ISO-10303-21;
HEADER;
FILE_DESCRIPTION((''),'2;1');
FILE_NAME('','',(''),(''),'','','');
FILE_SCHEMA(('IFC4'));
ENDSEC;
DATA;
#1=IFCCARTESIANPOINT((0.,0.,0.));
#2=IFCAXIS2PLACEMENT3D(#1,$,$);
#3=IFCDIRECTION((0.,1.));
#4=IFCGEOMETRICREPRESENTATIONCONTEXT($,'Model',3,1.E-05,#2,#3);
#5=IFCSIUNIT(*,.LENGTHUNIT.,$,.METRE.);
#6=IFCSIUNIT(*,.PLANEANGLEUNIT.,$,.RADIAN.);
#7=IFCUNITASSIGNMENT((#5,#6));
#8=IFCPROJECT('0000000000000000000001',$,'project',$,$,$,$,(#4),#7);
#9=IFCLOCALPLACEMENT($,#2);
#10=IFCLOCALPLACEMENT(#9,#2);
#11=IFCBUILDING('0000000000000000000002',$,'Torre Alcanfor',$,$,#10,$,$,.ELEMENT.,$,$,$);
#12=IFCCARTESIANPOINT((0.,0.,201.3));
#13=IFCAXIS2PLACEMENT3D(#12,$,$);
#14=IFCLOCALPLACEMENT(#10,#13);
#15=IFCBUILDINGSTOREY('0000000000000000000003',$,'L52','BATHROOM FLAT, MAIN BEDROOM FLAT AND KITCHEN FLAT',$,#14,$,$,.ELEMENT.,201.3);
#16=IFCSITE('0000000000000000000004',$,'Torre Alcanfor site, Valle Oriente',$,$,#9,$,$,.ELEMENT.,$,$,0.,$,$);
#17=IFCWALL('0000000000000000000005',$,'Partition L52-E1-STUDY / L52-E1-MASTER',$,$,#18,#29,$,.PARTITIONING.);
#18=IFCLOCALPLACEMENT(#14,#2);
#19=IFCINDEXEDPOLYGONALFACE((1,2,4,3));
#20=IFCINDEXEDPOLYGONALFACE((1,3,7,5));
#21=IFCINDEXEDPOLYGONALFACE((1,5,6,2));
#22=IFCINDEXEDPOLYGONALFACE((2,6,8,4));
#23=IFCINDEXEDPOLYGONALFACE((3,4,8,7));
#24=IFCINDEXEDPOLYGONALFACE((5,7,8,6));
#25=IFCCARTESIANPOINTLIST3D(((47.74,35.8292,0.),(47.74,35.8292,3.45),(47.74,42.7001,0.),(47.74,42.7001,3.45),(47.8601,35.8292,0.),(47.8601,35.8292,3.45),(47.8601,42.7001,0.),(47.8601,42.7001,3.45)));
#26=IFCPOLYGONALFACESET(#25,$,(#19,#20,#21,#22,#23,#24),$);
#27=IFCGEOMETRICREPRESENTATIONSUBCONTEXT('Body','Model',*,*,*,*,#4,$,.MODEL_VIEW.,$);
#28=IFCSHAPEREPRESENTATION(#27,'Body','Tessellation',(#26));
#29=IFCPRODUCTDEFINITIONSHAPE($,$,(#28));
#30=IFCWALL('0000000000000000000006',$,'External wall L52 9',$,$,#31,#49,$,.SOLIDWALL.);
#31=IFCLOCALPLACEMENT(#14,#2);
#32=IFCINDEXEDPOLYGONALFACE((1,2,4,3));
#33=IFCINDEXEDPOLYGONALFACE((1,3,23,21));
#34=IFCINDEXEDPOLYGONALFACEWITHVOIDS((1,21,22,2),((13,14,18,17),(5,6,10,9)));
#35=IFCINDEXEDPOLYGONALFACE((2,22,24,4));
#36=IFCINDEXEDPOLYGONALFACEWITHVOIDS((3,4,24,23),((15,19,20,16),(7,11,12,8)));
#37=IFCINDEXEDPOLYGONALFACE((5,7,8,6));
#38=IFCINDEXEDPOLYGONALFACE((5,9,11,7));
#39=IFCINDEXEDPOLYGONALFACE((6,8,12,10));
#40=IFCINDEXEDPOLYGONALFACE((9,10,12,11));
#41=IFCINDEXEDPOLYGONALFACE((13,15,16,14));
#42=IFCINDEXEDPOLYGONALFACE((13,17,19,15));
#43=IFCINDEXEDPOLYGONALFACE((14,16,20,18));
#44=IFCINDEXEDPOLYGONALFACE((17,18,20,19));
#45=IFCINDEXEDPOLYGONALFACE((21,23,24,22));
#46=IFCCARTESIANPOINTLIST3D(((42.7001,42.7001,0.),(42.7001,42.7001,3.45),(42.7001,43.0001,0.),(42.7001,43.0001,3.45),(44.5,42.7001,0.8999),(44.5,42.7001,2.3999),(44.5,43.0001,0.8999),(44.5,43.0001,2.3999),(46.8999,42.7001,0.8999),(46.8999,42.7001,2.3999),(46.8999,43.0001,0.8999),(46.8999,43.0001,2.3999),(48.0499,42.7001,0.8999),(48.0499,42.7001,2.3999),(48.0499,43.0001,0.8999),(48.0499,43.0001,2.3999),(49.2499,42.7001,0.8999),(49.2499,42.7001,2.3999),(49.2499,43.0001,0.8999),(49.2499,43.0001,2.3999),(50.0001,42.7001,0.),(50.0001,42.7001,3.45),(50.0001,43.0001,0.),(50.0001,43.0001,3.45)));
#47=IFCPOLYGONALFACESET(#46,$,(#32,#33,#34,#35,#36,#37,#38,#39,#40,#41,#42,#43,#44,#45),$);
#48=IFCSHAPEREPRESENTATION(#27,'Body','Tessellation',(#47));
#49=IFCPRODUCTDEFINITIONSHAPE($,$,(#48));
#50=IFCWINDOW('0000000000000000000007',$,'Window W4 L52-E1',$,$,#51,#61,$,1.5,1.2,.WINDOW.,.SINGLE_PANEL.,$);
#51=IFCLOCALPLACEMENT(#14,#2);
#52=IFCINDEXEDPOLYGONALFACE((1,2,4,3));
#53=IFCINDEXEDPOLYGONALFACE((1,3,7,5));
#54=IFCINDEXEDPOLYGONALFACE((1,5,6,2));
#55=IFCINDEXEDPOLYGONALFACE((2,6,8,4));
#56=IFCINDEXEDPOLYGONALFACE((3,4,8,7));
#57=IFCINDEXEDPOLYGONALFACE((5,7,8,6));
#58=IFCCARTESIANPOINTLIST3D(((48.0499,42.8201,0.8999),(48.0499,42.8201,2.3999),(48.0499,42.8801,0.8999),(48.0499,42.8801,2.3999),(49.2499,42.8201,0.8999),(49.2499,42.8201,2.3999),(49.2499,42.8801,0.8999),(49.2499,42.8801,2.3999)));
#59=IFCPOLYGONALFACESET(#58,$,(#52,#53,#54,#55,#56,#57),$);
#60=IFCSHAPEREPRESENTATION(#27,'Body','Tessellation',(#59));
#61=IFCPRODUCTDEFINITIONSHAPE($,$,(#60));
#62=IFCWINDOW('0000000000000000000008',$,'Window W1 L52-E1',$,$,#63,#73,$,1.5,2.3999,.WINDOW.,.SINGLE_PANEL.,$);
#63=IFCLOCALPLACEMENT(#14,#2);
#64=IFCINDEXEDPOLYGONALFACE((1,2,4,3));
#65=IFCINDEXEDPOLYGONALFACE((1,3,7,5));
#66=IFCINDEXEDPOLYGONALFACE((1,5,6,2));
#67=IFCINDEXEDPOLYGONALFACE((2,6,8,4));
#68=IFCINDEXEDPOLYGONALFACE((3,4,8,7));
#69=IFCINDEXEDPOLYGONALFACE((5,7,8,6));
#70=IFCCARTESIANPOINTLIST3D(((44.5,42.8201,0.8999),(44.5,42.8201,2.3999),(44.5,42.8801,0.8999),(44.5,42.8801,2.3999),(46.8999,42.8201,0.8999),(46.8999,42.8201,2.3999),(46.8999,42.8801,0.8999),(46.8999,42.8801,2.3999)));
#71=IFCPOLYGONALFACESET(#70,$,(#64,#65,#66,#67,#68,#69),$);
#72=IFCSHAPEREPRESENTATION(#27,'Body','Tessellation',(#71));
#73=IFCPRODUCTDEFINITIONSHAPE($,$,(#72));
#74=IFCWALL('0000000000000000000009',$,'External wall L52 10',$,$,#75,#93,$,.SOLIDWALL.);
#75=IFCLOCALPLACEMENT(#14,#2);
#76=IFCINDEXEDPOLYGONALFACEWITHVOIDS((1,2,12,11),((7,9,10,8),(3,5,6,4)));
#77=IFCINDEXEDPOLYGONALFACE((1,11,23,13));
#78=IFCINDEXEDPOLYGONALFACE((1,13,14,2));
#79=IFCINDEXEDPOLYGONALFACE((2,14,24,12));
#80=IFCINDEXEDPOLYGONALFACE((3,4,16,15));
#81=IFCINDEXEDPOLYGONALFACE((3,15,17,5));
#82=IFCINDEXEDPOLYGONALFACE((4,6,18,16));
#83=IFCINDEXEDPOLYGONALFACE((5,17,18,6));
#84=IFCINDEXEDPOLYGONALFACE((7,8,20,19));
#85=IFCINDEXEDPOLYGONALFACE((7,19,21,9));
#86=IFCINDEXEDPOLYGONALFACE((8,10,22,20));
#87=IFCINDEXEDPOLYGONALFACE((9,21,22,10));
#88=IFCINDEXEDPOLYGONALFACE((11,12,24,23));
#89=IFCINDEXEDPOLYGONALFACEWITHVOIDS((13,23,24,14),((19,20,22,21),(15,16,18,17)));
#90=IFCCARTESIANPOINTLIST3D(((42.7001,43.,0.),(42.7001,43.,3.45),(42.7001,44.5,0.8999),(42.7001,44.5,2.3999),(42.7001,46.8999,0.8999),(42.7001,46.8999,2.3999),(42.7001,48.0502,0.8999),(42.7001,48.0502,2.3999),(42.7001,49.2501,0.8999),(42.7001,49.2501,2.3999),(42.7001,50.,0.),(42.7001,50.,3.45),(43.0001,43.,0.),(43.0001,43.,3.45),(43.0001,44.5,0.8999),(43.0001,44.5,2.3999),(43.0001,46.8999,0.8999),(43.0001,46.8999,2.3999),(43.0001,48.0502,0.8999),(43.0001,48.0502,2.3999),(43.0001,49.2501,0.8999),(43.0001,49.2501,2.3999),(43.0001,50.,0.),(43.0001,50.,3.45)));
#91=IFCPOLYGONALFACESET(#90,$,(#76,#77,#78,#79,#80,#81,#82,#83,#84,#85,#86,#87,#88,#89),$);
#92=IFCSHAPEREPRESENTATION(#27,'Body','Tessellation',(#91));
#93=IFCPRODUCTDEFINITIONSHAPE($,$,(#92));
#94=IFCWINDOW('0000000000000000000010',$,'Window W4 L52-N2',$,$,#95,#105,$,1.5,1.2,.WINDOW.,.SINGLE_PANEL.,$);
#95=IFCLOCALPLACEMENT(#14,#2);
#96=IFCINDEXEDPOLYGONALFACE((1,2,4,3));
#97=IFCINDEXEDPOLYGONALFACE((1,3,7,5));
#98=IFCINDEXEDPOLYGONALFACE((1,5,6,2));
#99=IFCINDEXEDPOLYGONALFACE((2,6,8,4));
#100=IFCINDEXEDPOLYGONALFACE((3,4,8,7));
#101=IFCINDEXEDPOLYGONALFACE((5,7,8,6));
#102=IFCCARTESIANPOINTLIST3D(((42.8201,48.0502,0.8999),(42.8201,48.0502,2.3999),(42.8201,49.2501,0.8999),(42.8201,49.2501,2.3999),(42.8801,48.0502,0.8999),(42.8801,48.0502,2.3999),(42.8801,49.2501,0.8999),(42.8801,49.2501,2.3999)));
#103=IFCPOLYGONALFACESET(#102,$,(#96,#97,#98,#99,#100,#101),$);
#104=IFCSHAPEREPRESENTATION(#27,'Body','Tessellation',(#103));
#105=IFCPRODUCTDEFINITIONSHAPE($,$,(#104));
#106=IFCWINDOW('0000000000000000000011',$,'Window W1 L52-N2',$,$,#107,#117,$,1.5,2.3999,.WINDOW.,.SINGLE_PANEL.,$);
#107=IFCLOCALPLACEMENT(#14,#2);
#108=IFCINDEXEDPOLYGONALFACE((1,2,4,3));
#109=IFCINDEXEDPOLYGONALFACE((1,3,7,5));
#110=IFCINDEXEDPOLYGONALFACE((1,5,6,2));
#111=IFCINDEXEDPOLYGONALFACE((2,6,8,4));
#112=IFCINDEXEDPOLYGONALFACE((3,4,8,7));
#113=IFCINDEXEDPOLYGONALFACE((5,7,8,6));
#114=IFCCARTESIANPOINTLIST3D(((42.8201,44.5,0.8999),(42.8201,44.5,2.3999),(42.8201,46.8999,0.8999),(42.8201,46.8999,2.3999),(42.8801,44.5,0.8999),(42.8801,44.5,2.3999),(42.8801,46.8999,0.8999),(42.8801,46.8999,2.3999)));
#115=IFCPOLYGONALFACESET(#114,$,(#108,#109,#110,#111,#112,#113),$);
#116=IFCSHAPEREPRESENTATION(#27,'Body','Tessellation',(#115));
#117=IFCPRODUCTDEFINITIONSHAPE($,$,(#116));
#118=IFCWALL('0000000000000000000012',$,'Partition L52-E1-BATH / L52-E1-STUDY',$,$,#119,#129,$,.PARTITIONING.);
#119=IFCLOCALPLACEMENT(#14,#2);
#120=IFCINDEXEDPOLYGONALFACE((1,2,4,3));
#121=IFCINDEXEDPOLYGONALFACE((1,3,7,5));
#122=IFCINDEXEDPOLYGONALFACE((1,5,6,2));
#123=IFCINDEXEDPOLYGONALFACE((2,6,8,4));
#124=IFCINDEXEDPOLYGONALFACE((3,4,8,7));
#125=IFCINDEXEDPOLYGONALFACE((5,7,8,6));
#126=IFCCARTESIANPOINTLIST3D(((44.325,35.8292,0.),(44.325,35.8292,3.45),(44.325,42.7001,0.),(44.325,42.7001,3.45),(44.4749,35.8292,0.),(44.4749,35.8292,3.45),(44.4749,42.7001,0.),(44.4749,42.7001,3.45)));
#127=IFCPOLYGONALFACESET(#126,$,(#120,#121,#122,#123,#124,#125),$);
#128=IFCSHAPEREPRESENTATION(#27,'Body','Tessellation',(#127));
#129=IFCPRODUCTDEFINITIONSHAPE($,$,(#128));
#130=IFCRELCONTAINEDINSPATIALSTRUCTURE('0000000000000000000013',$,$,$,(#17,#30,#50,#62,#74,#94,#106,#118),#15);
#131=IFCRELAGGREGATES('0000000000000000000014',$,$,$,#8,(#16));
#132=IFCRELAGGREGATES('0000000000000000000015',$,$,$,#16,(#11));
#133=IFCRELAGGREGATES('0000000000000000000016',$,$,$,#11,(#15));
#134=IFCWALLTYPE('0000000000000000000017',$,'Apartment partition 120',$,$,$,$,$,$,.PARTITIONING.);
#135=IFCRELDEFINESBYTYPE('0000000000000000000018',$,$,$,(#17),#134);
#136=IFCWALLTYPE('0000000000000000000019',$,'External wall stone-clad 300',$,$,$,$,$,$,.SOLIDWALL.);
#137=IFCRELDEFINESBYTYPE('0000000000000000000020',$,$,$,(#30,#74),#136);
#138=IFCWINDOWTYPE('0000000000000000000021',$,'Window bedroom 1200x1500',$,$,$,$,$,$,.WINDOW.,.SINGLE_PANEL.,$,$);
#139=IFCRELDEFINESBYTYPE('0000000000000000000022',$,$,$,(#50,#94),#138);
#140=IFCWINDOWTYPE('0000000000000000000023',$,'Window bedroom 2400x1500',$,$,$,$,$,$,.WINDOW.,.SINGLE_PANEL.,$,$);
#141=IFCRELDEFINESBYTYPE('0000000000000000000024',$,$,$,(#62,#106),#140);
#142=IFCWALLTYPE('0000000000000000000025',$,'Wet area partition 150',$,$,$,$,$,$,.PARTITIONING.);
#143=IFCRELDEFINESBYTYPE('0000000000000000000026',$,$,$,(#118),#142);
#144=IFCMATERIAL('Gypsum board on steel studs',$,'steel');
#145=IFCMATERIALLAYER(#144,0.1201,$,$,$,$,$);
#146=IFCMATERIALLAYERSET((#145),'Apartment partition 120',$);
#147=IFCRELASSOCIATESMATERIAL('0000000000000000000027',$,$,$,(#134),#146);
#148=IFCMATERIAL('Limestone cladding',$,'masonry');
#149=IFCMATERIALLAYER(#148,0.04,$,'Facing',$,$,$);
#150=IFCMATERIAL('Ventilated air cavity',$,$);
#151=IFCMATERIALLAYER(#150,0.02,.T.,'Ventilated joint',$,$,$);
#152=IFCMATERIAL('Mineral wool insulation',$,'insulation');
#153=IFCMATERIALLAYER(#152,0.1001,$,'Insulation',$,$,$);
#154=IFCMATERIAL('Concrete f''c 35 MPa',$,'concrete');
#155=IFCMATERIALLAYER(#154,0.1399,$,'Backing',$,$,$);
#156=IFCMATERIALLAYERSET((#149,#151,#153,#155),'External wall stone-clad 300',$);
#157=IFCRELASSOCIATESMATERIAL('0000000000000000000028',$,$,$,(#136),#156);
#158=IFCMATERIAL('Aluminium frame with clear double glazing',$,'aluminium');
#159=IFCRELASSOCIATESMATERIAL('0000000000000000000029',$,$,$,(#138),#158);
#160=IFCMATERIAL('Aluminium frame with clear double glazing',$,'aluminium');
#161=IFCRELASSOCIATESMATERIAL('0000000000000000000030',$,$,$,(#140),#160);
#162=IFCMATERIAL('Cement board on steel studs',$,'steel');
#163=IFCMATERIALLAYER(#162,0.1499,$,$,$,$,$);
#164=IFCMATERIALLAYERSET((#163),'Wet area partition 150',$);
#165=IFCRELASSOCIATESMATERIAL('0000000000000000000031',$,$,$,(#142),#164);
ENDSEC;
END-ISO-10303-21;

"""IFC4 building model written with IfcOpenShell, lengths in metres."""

from ifc_helpers import new_model, si_unit, direction, frame, frame_2d, origin, place, context, subcontext, project, spatial, rectangle, extrude, material, layer, layer_set, type_object, element, fill, save


model = new_model("IFC4")

# Units and contexts
model_context = context("Model", 3, precision=1e-05, world=origin(), true_north=direction((0.0, 1.0)))
body_context = subcontext(model_context, "Body", "Model", "MODEL_VIEW")
ifc_project = project(units=[si_unit("LENGTHUNIT", "METRE"), si_unit("PLANEANGLEUNIT", "RADIAN")], contexts=[model_context])

# Site, building, storey
site_placement = place(None, origin())
site = spatial("IfcSite", under=ifc_project, at=site_placement, Name="Torre Alcanfor site, Valle Oriente", CompositionType="ELEMENT", RefElevation=0.0)
building_placement = place(site_placement, origin())
building = spatial("IfcBuilding", under=site, at=building_placement, Name="Torre Alcanfor", CompositionType="ELEMENT")
storey_placement = place(building_placement, frame((0.0, 0.0, 201.3)))
storey = spatial("IfcBuildingStorey", under=building, at=storey_placement, Name="L52", Description="BATHROOM FLAT, MAIN BEDROOM FLAT AND KITCHEN FLAT", CompositionType="ELEMENT", Elevation=201.3)

# Shared definitions
ifc_material_1 = material(Name="Gypsum board on steel studs", Category="steel")
ifc_layer_1 = layer(ifc_material_1, 0.1201)
ifc_layer_set_1 = layer_set([ifc_layer_1], Name="Apartment partition 120")
wall_type_1 = type_object("IfcWallType", Name="Apartment partition 120", PredefinedType="PARTITIONING", material=ifc_layer_set_1)

# Wall
wall_1_placement = place(storey_placement, frame((47.8, 35.8291, 0.0), z_axis=(0.0, 0.0, 1.0), x_axis=(0.0, 1.0, 0.0)))
element("IfcWall", 1, at=wall_1_placement, inside=storey, type_object=wall_type_1, Name="Partition L52-E1-STUDY / L52-E1-MASTER", PredefinedType="PARTITIONING", context=body_context, shape_type="SweptSolid", body=[
    extrude(rectangle(XDim=6.8708, YDim=0.1201, at=frame_2d((3.4355, 0.0))), origin(), (0.0, 0.0, 1.0), 3.45),
])

# Walls, openings, windows
ifc_material_2 = material(Name="Limestone cladding", Category="masonry")
ifc_layer_2 = layer(ifc_material_2, 0.04, Name="Facing")
ifc_material_3 = material(Name="Ventilated air cavity")
ifc_layer_3 = layer(ifc_material_3, 0.02, ventilated=True, Name="Ventilated joint")
ifc_material_4 = material(Name="Mineral wool insulation", Category="insulation")
ifc_layer_4 = layer(ifc_material_4, 0.1001, Name="Insulation")
ifc_material_5 = material(Name="Concrete f'c 35 MPa", Category="concrete")
ifc_layer_5 = layer(ifc_material_5, 0.1399, Name="Backing")
ifc_layer_set_2 = layer_set([ifc_layer_2, ifc_layer_3, ifc_layer_4, ifc_layer_5], Name="External wall stone-clad 300")
wall_type_2 = type_object("IfcWallType", Name="External wall stone-clad 300", PredefinedType="SOLIDWALL", material=ifc_layer_set_2)
wall_2_placement = place(storey_placement, frame((50.0, 42.8501, 0.0), z_axis=(0.0, 0.0, 1.0), x_axis=(-1.0, 0.0, 0.0)))
wall_2 = element("IfcWall", 2, at=wall_2_placement, inside=storey, type_object=wall_type_2, Name="External wall L52 9", PredefinedType="SOLIDWALL", context=body_context, shape_type="SweptSolid", body=[
    extrude(rectangle(XDim=7.3, YDim=0.3, at=frame_2d((3.6499, 0.0))), origin(), (0.0, 0.0, 1.0), 3.45),
])
opening_1_placement = place(wall_2_placement, frame((3.1001, 0.0, 0.8999)))
opening_1 = element("IfcOpeningElement", 3, at=opening_1_placement, cuts=wall_2, PredefinedType="OPENING", context=body_context, shape_type="SweptSolid", body=[
    extrude(rectangle(XDim=2.3999, YDim=1.5, at=frame_2d((1.2, 0.75))), frame((0.0, 0.1599, 0.0), z_axis=(0.0, -1.0, 0.0), x_axis=(1.0, 0.0, 0.0)), (0.0, 0.0, 1.0), 0.3201),
])
opening_2_placement = place(wall_2_placement, frame((0.75, 0.0, 0.8999)))
opening_2 = element("IfcOpeningElement", 4, at=opening_2_placement, cuts=wall_2, PredefinedType="OPENING", context=body_context, shape_type="SweptSolid", body=[
    extrude(rectangle(XDim=1.2, YDim=1.5, at=frame_2d((0.6001, 0.75))), frame((0.0, 0.1599, 0.0), z_axis=(0.0, -1.0, 0.0), x_axis=(1.0, 0.0, 0.0)), (0.0, 0.0, 1.0), 0.3201),
])
ifc_material_6 = material(Name="Aluminium frame with clear double glazing", Category="aluminium")
window_type_1 = type_object("IfcWindowType", Name="Window bedroom 1200x1500", PartitioningType="SINGLE_PANEL", PredefinedType="WINDOW", material=ifc_material_6)
window_1_placement = place(opening_2_placement, origin())
window_1 = element("IfcWindow", 5, at=window_1_placement, inside=storey, type_object=window_type_1, Name="Window W4 L52-E1", OverallHeight=1.5, OverallWidth=1.2, PartitioningType="SINGLE_PANEL", PredefinedType="WINDOW", context=body_context, shape_type="SweptSolid", body=[
    extrude(rectangle(XDim=1.2, YDim=1.5, at=frame_2d((0.6001, 0.75))), frame((0.0, 0.03, 0.0), z_axis=(0.0, -1.0, 0.0), x_axis=(1.0, 0.0, 0.0)), (0.0, 0.0, 1.0), 0.0601),
])
fill(opening_2, window_1)
ifc_material_7 = material(Name="Aluminium frame with clear double glazing", Category="aluminium")
window_type_2 = type_object("IfcWindowType", Name="Window bedroom 2400x1500", PartitioningType="SINGLE_PANEL", PredefinedType="WINDOW", material=ifc_material_7)
window_2_placement = place(opening_1_placement, origin())
window_2 = element("IfcWindow", 6, at=window_2_placement, inside=storey, type_object=window_type_2, Name="Window W1 L52-E1", OverallHeight=1.5, OverallWidth=2.3999, PartitioningType="SINGLE_PANEL", PredefinedType="WINDOW", context=body_context, shape_type="SweptSolid", body=[
    extrude(rectangle(XDim=2.3999, YDim=1.5, at=frame_2d((1.2, 0.75))), frame((0.0, 0.03, 0.0), z_axis=(0.0, -1.0, 0.0), x_axis=(1.0, 0.0, 0.0)), (0.0, 0.0, 1.0), 0.0601),
])
fill(opening_1, window_2)
wall_3_placement = place(storey_placement, frame((42.8501, 43.0, 0.0), z_axis=(0.0, 0.0, 1.0), x_axis=(0.0, 1.0, 0.0)))
wall_3 = element("IfcWall", 7, at=wall_3_placement, inside=storey, type_object=wall_type_2, Name="External wall L52 10", PredefinedType="SOLIDWALL", context=body_context, shape_type="SweptSolid", body=[
    extrude(rectangle(XDim=7.0, YDim=0.3, at=frame_2d((3.5, 0.0))), origin(), (0.0, 0.0, 1.0), 3.45),
])
opening_3_placement = place(wall_3_placement, frame((1.5, 0.0, 0.8999)))
opening_3 = element("IfcOpeningElement", 8, at=opening_3_placement, cuts=wall_3, PredefinedType="OPENING", context=body_context, shape_type="SweptSolid", body=[
    extrude(rectangle(XDim=2.3999, YDim=1.5, at=frame_2d((1.2, 0.75))), frame((0.0, 0.1599, 0.0), z_axis=(0.0, -1.0, 0.0), x_axis=(1.0, 0.0, 0.0)), (0.0, 0.0, 1.0), 0.3201),
])
opening_4_placement = place(wall_3_placement, frame((5.05, 0.0, 0.8999)))
opening_4 = element("IfcOpeningElement", 9, at=opening_4_placement, cuts=wall_3, PredefinedType="OPENING", context=body_context, shape_type="SweptSolid", body=[
    extrude(rectangle(XDim=1.2, YDim=1.5, at=frame_2d((0.6001, 0.75))), frame((0.0, 0.1599, 0.0), z_axis=(0.0, -1.0, 0.0), x_axis=(1.0, 0.0, 0.0)), (0.0, 0.0, 1.0), 0.3201),
])
window_3_placement = place(opening_4_placement, origin())
window_3 = element("IfcWindow", 10, at=window_3_placement, inside=storey, type_object=window_type_1, Name="Window W4 L52-N2", OverallHeight=1.5, OverallWidth=1.2, PartitioningType="SINGLE_PANEL", PredefinedType="WINDOW", context=body_context, shape_type="SweptSolid", body=[
    extrude(rectangle(XDim=1.2, YDim=1.5, at=frame_2d((0.6001, 0.75))), frame((0.0, 0.03, 0.0), z_axis=(0.0, -1.0, 0.0), x_axis=(1.0, 0.0, 0.0)), (0.0, 0.0, 1.0), 0.0601),
])
fill(opening_4, window_3)
window_4_placement = place(opening_3_placement, origin())
window_4 = element("IfcWindow", 11, at=window_4_placement, inside=storey, type_object=window_type_2, Name="Window W1 L52-N2", OverallHeight=1.5, OverallWidth=2.3999, PartitioningType="SINGLE_PANEL", PredefinedType="WINDOW", context=body_context, shape_type="SweptSolid", body=[
    extrude(rectangle(XDim=2.3999, YDim=1.5, at=frame_2d((1.2, 0.75))), frame((0.0, 0.03, 0.0), z_axis=(0.0, -1.0, 0.0), x_axis=(1.0, 0.0, 0.0)), (0.0, 0.0, 1.0), 0.0601),
])
fill(opening_3, window_4)

# Wall
ifc_material_8 = material(Name="Cement board on steel studs", Category="steel")
ifc_layer_6 = layer(ifc_material_8, 0.1499)
ifc_layer_set_3 = layer_set([ifc_layer_6], Name="Wet area partition 150")
wall_type_3 = type_object("IfcWallType", Name="Wet area partition 150", PredefinedType="PARTITIONING", material=ifc_layer_set_3)
wall_4_placement = place(storey_placement, frame((44.3999, 35.8291, 0.0), z_axis=(0.0, 0.0, 1.0), x_axis=(0.0, 1.0, 0.0)))
element("IfcWall", 12, at=wall_4_placement, inside=storey, type_object=wall_type_3, Name="Partition L52-E1-BATH / L52-E1-STUDY", PredefinedType="PARTITIONING", context=body_context, shape_type="SweptSolid", body=[
    extrude(rectangle(XDim=6.8708, YDim=0.1499, at=frame_2d((3.4355, 0.0))), origin(), (0.0, 0.0, 1.0), 3.45),
])

save(model, "model.ifc")
